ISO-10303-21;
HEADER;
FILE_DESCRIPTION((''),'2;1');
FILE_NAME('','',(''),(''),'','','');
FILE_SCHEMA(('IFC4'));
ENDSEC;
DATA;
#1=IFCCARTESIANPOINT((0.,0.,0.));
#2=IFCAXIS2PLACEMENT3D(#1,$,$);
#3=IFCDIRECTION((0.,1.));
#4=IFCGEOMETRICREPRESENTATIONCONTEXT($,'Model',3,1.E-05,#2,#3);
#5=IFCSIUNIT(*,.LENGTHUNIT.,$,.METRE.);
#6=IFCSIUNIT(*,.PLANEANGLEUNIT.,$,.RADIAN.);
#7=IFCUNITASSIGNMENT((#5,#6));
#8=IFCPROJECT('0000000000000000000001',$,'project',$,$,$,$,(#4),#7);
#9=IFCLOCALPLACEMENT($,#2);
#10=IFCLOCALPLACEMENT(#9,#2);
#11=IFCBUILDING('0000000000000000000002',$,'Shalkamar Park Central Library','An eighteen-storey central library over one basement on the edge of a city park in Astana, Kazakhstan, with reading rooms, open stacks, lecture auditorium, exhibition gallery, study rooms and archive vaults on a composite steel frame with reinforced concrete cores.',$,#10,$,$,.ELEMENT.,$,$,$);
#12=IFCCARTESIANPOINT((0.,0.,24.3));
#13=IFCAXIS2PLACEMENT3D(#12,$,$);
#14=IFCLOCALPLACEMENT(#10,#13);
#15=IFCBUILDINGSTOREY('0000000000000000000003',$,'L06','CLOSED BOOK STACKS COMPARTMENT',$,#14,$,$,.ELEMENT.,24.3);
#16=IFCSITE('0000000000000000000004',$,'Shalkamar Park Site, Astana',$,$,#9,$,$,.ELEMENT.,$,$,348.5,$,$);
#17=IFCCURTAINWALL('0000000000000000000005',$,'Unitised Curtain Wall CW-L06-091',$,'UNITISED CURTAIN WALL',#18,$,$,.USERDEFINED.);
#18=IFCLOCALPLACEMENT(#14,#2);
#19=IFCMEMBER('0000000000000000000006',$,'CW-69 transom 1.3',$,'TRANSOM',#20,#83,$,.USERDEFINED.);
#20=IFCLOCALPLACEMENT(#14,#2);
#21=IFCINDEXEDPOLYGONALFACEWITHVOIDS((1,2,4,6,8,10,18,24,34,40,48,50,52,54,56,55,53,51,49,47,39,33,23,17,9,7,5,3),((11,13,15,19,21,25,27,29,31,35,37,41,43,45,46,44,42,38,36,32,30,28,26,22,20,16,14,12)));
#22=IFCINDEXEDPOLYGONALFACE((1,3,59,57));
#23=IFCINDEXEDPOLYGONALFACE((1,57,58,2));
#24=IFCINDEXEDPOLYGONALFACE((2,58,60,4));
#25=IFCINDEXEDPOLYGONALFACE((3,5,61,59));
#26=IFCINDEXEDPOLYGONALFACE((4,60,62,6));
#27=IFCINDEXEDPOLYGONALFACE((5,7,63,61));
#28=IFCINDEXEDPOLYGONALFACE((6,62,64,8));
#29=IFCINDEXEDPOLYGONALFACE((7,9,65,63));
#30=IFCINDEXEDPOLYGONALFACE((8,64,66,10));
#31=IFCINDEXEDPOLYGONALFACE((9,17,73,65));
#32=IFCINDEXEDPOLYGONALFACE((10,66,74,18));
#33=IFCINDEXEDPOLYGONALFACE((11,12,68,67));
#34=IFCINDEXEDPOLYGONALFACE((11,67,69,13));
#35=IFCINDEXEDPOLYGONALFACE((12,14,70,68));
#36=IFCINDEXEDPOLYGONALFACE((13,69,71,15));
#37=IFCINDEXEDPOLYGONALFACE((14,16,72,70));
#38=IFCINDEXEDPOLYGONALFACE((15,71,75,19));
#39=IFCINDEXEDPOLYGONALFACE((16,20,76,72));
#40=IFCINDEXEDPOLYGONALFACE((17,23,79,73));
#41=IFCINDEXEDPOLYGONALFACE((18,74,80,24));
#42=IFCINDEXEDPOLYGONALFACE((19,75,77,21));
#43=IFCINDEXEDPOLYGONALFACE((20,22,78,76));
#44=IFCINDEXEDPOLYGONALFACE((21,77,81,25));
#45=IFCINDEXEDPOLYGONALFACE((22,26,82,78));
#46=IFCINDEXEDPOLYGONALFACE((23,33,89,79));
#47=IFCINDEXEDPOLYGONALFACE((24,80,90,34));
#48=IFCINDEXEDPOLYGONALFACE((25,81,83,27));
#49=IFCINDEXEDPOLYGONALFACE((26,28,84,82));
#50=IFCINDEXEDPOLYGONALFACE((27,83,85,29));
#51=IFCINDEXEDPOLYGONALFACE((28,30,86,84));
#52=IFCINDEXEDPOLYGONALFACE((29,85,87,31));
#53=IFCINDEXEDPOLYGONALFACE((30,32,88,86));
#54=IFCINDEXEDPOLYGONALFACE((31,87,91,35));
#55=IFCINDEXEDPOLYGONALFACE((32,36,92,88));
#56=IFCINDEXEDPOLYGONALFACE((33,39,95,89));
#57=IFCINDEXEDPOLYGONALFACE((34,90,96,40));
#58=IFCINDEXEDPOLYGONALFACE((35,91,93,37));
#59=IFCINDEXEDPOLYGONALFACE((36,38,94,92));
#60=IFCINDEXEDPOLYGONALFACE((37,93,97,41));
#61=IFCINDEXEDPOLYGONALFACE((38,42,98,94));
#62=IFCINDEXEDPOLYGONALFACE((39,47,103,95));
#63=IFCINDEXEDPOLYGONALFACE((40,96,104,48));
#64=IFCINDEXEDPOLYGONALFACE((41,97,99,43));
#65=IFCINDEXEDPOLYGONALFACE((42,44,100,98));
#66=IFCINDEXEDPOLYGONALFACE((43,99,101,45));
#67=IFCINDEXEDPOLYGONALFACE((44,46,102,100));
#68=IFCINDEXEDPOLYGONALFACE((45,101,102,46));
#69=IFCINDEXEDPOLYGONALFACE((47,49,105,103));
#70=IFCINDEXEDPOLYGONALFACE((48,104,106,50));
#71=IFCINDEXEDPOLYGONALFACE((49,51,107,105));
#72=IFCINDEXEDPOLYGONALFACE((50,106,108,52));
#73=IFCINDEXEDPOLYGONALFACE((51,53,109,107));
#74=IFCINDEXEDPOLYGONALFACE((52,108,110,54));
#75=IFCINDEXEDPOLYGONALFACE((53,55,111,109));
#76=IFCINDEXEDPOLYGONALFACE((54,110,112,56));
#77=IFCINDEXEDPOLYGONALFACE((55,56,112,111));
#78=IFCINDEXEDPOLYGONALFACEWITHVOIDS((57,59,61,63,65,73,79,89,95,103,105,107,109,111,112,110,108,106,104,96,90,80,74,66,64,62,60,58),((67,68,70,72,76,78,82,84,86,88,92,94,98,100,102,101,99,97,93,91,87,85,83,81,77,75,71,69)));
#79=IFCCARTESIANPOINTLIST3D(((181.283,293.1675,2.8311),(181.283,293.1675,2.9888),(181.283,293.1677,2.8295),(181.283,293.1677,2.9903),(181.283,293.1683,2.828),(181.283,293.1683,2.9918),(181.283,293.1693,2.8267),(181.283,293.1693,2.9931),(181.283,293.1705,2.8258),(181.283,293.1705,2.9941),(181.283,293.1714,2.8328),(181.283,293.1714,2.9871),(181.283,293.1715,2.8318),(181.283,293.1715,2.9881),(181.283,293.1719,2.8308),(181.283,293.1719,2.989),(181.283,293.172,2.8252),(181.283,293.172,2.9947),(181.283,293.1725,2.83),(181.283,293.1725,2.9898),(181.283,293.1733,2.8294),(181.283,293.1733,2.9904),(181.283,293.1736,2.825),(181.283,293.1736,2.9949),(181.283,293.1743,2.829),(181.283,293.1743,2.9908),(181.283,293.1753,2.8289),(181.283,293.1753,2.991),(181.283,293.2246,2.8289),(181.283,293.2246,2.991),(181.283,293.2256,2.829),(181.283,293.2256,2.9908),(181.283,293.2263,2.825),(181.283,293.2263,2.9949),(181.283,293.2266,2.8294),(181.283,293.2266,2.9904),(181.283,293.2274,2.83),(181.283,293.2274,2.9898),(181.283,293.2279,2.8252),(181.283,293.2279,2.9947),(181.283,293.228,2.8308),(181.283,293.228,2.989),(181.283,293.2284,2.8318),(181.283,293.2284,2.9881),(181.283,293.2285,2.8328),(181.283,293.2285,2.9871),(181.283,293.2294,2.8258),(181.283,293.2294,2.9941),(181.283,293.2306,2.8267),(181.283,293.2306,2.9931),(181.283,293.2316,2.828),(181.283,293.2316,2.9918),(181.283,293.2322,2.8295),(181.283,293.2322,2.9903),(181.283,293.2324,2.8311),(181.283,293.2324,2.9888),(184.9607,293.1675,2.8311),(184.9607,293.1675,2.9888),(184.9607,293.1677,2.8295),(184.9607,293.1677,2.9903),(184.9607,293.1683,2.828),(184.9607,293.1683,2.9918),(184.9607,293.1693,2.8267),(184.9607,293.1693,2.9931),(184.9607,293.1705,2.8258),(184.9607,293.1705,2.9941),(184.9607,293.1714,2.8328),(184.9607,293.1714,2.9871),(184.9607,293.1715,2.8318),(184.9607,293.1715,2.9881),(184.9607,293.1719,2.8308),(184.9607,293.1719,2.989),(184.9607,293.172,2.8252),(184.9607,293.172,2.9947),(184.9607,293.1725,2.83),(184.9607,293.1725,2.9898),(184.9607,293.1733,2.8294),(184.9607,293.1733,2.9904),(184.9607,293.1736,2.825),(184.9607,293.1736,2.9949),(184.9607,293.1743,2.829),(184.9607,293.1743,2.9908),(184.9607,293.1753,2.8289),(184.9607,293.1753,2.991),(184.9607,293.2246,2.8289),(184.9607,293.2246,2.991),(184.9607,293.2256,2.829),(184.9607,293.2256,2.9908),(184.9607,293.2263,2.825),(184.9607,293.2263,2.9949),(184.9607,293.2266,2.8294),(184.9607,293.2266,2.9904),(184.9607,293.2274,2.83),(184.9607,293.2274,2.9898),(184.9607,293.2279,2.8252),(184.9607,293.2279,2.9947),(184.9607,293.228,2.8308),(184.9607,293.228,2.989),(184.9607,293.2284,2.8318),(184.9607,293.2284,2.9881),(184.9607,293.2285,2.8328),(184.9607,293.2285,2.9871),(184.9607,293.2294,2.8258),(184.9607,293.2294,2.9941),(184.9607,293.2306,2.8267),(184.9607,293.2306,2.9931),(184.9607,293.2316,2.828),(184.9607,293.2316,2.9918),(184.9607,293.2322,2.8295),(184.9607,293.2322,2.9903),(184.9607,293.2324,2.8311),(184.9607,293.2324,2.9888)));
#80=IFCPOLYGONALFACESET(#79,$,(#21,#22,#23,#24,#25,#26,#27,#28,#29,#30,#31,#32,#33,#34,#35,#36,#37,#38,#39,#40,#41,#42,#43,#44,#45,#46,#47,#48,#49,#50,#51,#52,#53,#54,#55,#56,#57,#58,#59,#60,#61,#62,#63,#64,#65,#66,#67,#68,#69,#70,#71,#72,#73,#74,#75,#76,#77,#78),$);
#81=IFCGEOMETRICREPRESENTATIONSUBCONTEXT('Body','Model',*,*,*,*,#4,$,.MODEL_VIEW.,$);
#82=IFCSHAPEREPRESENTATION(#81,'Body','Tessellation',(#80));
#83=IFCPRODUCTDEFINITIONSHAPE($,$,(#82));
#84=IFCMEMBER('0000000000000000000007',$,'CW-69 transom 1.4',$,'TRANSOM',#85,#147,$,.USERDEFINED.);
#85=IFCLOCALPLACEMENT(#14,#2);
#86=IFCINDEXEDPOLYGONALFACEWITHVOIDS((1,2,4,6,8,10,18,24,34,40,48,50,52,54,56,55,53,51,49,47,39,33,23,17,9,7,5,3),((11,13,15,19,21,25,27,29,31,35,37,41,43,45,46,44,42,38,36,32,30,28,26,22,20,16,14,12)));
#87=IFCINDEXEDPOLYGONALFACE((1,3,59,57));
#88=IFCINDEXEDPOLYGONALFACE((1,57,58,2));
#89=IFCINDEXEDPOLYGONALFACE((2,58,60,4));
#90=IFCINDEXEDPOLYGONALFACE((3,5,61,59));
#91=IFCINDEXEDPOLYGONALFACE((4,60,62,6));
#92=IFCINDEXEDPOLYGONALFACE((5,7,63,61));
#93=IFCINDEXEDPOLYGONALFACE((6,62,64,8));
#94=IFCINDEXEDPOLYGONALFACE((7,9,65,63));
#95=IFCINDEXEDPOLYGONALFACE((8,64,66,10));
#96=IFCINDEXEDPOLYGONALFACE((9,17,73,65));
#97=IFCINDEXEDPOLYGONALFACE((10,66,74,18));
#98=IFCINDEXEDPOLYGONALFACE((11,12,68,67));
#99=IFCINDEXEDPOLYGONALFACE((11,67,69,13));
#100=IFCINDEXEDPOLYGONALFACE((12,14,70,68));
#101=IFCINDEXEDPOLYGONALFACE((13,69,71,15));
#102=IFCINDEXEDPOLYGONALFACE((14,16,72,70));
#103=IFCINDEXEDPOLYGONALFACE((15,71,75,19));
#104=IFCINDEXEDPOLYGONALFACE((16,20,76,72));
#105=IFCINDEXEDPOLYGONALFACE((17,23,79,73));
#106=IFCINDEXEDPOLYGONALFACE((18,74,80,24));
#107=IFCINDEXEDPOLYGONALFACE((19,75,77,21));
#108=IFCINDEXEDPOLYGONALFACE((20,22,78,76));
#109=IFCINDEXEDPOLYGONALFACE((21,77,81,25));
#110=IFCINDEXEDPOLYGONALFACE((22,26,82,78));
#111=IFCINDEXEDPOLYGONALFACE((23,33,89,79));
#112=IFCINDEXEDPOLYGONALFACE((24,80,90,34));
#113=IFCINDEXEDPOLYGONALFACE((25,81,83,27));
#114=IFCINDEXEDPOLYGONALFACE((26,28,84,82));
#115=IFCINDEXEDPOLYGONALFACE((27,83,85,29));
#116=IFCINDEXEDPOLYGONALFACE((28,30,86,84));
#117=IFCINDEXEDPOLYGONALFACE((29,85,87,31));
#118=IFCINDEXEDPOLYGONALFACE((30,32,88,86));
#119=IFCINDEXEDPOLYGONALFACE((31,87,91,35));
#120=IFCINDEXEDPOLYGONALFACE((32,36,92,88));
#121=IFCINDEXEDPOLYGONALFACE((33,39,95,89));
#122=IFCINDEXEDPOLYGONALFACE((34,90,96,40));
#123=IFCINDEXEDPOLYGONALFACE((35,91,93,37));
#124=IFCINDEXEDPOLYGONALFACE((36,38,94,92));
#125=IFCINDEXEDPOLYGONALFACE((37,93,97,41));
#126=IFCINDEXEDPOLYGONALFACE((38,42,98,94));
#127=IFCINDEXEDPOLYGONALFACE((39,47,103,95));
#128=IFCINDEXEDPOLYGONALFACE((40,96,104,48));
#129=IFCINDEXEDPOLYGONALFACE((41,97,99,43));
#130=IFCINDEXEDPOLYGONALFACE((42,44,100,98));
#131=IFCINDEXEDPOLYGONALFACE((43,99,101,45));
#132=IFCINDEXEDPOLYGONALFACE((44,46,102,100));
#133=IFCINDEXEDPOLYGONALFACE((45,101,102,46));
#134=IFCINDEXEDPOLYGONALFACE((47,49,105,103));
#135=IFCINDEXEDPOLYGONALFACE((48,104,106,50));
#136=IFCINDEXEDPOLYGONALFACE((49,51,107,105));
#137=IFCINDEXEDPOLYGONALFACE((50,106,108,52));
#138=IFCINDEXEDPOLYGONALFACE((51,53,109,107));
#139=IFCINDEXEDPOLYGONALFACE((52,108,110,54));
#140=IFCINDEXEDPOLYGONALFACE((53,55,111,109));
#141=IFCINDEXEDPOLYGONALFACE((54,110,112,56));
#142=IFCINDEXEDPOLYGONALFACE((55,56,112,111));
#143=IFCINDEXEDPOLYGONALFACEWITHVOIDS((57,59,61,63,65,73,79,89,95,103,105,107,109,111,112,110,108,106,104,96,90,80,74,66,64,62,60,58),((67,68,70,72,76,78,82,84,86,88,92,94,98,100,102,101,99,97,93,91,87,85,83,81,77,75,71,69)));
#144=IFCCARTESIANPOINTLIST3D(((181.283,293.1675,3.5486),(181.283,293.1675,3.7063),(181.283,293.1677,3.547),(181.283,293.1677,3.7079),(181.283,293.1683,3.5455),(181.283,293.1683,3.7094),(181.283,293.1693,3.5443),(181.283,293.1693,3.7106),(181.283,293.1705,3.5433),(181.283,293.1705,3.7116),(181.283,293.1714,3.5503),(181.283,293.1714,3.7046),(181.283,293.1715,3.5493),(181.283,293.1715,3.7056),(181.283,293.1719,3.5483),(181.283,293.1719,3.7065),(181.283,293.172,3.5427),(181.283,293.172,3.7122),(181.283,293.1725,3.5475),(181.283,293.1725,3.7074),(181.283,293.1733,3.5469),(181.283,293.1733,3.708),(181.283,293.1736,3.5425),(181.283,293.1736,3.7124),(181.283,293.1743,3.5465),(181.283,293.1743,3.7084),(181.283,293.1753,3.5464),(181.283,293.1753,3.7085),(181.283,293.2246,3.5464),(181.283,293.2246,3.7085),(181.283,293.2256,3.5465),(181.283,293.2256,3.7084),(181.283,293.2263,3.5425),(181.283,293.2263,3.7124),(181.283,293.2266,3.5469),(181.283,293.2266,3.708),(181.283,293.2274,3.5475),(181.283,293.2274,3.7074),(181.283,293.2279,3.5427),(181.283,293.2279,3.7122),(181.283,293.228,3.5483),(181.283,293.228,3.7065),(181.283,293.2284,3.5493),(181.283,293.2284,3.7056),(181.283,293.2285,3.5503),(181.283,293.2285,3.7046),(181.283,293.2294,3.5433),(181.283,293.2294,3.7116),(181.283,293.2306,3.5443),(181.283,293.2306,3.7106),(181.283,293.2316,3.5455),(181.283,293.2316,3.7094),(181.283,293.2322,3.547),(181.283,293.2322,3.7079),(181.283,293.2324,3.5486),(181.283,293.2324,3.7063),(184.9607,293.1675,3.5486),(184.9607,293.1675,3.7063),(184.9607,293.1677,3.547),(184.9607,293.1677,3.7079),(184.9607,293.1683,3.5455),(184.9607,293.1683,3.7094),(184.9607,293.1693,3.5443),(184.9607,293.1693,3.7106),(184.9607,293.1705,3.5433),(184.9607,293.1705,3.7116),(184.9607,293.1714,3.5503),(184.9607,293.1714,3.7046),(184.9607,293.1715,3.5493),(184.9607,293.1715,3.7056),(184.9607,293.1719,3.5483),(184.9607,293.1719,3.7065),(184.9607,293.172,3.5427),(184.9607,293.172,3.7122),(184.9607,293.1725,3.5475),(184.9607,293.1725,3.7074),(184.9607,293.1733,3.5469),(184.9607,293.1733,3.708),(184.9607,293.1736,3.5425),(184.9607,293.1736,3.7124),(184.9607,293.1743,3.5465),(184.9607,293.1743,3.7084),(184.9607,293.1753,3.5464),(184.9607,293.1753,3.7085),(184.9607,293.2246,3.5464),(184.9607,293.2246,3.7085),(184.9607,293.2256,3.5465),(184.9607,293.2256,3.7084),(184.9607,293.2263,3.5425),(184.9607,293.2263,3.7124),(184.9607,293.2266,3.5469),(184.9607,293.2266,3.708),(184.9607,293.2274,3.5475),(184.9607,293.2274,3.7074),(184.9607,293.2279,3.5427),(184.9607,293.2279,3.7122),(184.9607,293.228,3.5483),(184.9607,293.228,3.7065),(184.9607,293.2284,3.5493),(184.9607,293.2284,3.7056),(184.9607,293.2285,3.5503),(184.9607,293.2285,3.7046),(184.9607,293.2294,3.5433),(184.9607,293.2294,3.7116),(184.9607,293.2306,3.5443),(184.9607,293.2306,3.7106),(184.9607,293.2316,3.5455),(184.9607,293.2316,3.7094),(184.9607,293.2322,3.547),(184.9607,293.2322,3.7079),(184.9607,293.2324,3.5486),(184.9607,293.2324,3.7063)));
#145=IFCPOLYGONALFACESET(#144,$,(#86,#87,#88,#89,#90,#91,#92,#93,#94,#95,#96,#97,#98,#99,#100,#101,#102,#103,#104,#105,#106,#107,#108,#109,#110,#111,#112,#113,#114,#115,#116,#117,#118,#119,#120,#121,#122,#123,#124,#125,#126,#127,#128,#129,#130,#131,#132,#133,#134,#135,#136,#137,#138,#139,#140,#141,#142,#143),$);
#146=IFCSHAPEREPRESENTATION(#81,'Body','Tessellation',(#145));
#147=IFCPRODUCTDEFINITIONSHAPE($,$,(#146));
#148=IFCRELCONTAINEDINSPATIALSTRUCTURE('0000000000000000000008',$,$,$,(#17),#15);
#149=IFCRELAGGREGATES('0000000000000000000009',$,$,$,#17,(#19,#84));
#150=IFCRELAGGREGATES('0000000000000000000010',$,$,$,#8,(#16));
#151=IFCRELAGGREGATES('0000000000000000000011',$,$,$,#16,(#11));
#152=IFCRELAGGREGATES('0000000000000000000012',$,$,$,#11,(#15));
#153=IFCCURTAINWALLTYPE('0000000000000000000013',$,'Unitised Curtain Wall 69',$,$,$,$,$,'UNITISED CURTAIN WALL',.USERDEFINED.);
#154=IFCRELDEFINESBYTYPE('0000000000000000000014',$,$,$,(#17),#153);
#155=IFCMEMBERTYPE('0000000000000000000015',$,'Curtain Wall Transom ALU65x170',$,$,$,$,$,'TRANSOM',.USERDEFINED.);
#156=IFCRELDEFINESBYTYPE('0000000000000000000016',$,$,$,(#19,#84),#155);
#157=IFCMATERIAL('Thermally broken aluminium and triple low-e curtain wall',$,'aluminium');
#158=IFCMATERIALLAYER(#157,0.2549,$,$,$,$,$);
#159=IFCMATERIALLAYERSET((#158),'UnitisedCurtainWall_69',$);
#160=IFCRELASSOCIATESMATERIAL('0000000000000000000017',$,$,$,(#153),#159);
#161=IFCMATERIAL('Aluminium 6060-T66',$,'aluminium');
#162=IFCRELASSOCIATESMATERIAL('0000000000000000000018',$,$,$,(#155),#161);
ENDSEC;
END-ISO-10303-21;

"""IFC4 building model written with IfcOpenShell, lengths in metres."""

from ifc_helpers import new_model, si_unit, direction, frame, origin, origin_2d, place, context, subcontext, project, spatial, hollow_rectangle, extrude, material, layer, layer_set, material_profile, profile_set, type_object, element, aggregate, save


model = new_model("IFC4")

# Units and contexts
model_context = context("Model", 3, precision=1e-05, world=origin(), true_north=direction((0.0, 1.0)))
body_context = subcontext(model_context, "Body", "Model", "MODEL_VIEW")
ifc_project = project(units=[si_unit("LENGTHUNIT", "METRE"), si_unit("PLANEANGLEUNIT", "RADIAN")], contexts=[model_context])

# Site, building, storey
site_placement = place(None, origin())
site = spatial("IfcSite", under=ifc_project, at=site_placement, Name="Shalkamar Park Site, Astana", CompositionType="ELEMENT", RefElevation=348.5)
building_placement = place(site_placement, origin())
building = spatial("IfcBuilding", under=site, at=building_placement, Name="Shalkamar Park Central Library", Description="An eighteen-storey central library over one basement on the edge of a city park in Astana, Kazakhstan, with reading rooms, open stacks, lecture auditorium, exhibition gallery, study rooms and archive vaults on a composite steel frame with reinforced concrete cores.", CompositionType="ELEMENT")
storey_placement = place(building_placement, frame((0.0, 0.0, 24.3)))
storey = spatial("IfcBuildingStorey", under=building, at=storey_placement, Name="L06", Description="CLOSED BOOK STACKS COMPARTMENT", CompositionType="ELEMENT", Elevation=24.3)

# Curtain wall
ifc_material_1 = material(Name="Thermally broken aluminium and triple low-e curtain wall", Category="aluminium")
ifc_layer_1 = layer(ifc_material_1, 0.2549)
ifc_layer_set_1 = layer_set([ifc_layer_1], Name="UnitisedCurtainWall_69")
curtain_wall_type_1 = type_object("IfcCurtainWallType", Name="Unitised Curtain Wall 69", ElementType="UNITISED CURTAIN WALL", PredefinedType="USERDEFINED", material=ifc_layer_set_1)
curtain_wall_1_placement = place(storey_placement, origin())
curtain_wall_1 = element("IfcCurtainWall", 1, at=curtain_wall_1_placement, inside=storey, type_object=curtain_wall_type_1, Name="Unitised Curtain Wall CW-L06-091", ObjectType="UNITISED CURTAIN WALL", PredefinedType="USERDEFINED")
ifc_material_2 = material(Name="Aluminium 6060-T66", Category="aluminium")

# Members
ifc_material_profile_1 = material_profile(ifc_material_2, hollow_rectangle(XDim=0.0649, YDim=0.1699, WallThickness=0.0039, InnerFilletRadius=0.0039, OuterFilletRadius=0.0061, at=origin_2d()), Name="ALU 65x170x4")
ifc_profile_set_1 = profile_set([ifc_material_profile_1], Name="Aluminium 6060-T66")
member_type_1 = type_object("IfcMemberType", Name="Curtain Wall Transom ALU65x170", ElementType="TRANSOM", PredefinedType="USERDEFINED", material=ifc_profile_set_1)
member_1_placement = place(storey_placement, frame((181.283, 293.2, 2.9099), z_axis=(1.0, 0.0, 0.0), x_axis=(0.0, 1.0, 0.0)))
member_1 = element("IfcMember", 2, at=member_1_placement, type_object=member_type_1, Name="CW-69 transom 1.3", ObjectType="TRANSOM", PredefinedType="USERDEFINED", context=body_context, shape_type="SweptSolid", body=[
    extrude(hollow_rectangle(XDim=0.0649, YDim=0.1699, WallThickness=0.0039, InnerFilletRadius=0.0039, OuterFilletRadius=0.0061, at=origin_2d()), origin(), (0.0, 0.0, 1.0), 3.6777),
])
member_2_placement = place(storey_placement, frame((181.283, 293.2, 3.6274), z_axis=(1.0, 0.0, 0.0), x_axis=(0.0, 1.0, 0.0)))
member_2 = element("IfcMember", 3, at=member_2_placement, type_object=member_type_1, Name="CW-69 transom 1.4", ObjectType="TRANSOM", PredefinedType="USERDEFINED", context=body_context, shape_type="SweptSolid", body=[
    extrude(hollow_rectangle(XDim=0.0649, YDim=0.1699, WallThickness=0.0039, InnerFilletRadius=0.0039, OuterFilletRadius=0.0061, at=origin_2d()), origin(), (0.0, 0.0, 1.0), 3.6777),
])

aggregate(curtain_wall_1, [member_1, member_2])

save(model, "model.ifc")
